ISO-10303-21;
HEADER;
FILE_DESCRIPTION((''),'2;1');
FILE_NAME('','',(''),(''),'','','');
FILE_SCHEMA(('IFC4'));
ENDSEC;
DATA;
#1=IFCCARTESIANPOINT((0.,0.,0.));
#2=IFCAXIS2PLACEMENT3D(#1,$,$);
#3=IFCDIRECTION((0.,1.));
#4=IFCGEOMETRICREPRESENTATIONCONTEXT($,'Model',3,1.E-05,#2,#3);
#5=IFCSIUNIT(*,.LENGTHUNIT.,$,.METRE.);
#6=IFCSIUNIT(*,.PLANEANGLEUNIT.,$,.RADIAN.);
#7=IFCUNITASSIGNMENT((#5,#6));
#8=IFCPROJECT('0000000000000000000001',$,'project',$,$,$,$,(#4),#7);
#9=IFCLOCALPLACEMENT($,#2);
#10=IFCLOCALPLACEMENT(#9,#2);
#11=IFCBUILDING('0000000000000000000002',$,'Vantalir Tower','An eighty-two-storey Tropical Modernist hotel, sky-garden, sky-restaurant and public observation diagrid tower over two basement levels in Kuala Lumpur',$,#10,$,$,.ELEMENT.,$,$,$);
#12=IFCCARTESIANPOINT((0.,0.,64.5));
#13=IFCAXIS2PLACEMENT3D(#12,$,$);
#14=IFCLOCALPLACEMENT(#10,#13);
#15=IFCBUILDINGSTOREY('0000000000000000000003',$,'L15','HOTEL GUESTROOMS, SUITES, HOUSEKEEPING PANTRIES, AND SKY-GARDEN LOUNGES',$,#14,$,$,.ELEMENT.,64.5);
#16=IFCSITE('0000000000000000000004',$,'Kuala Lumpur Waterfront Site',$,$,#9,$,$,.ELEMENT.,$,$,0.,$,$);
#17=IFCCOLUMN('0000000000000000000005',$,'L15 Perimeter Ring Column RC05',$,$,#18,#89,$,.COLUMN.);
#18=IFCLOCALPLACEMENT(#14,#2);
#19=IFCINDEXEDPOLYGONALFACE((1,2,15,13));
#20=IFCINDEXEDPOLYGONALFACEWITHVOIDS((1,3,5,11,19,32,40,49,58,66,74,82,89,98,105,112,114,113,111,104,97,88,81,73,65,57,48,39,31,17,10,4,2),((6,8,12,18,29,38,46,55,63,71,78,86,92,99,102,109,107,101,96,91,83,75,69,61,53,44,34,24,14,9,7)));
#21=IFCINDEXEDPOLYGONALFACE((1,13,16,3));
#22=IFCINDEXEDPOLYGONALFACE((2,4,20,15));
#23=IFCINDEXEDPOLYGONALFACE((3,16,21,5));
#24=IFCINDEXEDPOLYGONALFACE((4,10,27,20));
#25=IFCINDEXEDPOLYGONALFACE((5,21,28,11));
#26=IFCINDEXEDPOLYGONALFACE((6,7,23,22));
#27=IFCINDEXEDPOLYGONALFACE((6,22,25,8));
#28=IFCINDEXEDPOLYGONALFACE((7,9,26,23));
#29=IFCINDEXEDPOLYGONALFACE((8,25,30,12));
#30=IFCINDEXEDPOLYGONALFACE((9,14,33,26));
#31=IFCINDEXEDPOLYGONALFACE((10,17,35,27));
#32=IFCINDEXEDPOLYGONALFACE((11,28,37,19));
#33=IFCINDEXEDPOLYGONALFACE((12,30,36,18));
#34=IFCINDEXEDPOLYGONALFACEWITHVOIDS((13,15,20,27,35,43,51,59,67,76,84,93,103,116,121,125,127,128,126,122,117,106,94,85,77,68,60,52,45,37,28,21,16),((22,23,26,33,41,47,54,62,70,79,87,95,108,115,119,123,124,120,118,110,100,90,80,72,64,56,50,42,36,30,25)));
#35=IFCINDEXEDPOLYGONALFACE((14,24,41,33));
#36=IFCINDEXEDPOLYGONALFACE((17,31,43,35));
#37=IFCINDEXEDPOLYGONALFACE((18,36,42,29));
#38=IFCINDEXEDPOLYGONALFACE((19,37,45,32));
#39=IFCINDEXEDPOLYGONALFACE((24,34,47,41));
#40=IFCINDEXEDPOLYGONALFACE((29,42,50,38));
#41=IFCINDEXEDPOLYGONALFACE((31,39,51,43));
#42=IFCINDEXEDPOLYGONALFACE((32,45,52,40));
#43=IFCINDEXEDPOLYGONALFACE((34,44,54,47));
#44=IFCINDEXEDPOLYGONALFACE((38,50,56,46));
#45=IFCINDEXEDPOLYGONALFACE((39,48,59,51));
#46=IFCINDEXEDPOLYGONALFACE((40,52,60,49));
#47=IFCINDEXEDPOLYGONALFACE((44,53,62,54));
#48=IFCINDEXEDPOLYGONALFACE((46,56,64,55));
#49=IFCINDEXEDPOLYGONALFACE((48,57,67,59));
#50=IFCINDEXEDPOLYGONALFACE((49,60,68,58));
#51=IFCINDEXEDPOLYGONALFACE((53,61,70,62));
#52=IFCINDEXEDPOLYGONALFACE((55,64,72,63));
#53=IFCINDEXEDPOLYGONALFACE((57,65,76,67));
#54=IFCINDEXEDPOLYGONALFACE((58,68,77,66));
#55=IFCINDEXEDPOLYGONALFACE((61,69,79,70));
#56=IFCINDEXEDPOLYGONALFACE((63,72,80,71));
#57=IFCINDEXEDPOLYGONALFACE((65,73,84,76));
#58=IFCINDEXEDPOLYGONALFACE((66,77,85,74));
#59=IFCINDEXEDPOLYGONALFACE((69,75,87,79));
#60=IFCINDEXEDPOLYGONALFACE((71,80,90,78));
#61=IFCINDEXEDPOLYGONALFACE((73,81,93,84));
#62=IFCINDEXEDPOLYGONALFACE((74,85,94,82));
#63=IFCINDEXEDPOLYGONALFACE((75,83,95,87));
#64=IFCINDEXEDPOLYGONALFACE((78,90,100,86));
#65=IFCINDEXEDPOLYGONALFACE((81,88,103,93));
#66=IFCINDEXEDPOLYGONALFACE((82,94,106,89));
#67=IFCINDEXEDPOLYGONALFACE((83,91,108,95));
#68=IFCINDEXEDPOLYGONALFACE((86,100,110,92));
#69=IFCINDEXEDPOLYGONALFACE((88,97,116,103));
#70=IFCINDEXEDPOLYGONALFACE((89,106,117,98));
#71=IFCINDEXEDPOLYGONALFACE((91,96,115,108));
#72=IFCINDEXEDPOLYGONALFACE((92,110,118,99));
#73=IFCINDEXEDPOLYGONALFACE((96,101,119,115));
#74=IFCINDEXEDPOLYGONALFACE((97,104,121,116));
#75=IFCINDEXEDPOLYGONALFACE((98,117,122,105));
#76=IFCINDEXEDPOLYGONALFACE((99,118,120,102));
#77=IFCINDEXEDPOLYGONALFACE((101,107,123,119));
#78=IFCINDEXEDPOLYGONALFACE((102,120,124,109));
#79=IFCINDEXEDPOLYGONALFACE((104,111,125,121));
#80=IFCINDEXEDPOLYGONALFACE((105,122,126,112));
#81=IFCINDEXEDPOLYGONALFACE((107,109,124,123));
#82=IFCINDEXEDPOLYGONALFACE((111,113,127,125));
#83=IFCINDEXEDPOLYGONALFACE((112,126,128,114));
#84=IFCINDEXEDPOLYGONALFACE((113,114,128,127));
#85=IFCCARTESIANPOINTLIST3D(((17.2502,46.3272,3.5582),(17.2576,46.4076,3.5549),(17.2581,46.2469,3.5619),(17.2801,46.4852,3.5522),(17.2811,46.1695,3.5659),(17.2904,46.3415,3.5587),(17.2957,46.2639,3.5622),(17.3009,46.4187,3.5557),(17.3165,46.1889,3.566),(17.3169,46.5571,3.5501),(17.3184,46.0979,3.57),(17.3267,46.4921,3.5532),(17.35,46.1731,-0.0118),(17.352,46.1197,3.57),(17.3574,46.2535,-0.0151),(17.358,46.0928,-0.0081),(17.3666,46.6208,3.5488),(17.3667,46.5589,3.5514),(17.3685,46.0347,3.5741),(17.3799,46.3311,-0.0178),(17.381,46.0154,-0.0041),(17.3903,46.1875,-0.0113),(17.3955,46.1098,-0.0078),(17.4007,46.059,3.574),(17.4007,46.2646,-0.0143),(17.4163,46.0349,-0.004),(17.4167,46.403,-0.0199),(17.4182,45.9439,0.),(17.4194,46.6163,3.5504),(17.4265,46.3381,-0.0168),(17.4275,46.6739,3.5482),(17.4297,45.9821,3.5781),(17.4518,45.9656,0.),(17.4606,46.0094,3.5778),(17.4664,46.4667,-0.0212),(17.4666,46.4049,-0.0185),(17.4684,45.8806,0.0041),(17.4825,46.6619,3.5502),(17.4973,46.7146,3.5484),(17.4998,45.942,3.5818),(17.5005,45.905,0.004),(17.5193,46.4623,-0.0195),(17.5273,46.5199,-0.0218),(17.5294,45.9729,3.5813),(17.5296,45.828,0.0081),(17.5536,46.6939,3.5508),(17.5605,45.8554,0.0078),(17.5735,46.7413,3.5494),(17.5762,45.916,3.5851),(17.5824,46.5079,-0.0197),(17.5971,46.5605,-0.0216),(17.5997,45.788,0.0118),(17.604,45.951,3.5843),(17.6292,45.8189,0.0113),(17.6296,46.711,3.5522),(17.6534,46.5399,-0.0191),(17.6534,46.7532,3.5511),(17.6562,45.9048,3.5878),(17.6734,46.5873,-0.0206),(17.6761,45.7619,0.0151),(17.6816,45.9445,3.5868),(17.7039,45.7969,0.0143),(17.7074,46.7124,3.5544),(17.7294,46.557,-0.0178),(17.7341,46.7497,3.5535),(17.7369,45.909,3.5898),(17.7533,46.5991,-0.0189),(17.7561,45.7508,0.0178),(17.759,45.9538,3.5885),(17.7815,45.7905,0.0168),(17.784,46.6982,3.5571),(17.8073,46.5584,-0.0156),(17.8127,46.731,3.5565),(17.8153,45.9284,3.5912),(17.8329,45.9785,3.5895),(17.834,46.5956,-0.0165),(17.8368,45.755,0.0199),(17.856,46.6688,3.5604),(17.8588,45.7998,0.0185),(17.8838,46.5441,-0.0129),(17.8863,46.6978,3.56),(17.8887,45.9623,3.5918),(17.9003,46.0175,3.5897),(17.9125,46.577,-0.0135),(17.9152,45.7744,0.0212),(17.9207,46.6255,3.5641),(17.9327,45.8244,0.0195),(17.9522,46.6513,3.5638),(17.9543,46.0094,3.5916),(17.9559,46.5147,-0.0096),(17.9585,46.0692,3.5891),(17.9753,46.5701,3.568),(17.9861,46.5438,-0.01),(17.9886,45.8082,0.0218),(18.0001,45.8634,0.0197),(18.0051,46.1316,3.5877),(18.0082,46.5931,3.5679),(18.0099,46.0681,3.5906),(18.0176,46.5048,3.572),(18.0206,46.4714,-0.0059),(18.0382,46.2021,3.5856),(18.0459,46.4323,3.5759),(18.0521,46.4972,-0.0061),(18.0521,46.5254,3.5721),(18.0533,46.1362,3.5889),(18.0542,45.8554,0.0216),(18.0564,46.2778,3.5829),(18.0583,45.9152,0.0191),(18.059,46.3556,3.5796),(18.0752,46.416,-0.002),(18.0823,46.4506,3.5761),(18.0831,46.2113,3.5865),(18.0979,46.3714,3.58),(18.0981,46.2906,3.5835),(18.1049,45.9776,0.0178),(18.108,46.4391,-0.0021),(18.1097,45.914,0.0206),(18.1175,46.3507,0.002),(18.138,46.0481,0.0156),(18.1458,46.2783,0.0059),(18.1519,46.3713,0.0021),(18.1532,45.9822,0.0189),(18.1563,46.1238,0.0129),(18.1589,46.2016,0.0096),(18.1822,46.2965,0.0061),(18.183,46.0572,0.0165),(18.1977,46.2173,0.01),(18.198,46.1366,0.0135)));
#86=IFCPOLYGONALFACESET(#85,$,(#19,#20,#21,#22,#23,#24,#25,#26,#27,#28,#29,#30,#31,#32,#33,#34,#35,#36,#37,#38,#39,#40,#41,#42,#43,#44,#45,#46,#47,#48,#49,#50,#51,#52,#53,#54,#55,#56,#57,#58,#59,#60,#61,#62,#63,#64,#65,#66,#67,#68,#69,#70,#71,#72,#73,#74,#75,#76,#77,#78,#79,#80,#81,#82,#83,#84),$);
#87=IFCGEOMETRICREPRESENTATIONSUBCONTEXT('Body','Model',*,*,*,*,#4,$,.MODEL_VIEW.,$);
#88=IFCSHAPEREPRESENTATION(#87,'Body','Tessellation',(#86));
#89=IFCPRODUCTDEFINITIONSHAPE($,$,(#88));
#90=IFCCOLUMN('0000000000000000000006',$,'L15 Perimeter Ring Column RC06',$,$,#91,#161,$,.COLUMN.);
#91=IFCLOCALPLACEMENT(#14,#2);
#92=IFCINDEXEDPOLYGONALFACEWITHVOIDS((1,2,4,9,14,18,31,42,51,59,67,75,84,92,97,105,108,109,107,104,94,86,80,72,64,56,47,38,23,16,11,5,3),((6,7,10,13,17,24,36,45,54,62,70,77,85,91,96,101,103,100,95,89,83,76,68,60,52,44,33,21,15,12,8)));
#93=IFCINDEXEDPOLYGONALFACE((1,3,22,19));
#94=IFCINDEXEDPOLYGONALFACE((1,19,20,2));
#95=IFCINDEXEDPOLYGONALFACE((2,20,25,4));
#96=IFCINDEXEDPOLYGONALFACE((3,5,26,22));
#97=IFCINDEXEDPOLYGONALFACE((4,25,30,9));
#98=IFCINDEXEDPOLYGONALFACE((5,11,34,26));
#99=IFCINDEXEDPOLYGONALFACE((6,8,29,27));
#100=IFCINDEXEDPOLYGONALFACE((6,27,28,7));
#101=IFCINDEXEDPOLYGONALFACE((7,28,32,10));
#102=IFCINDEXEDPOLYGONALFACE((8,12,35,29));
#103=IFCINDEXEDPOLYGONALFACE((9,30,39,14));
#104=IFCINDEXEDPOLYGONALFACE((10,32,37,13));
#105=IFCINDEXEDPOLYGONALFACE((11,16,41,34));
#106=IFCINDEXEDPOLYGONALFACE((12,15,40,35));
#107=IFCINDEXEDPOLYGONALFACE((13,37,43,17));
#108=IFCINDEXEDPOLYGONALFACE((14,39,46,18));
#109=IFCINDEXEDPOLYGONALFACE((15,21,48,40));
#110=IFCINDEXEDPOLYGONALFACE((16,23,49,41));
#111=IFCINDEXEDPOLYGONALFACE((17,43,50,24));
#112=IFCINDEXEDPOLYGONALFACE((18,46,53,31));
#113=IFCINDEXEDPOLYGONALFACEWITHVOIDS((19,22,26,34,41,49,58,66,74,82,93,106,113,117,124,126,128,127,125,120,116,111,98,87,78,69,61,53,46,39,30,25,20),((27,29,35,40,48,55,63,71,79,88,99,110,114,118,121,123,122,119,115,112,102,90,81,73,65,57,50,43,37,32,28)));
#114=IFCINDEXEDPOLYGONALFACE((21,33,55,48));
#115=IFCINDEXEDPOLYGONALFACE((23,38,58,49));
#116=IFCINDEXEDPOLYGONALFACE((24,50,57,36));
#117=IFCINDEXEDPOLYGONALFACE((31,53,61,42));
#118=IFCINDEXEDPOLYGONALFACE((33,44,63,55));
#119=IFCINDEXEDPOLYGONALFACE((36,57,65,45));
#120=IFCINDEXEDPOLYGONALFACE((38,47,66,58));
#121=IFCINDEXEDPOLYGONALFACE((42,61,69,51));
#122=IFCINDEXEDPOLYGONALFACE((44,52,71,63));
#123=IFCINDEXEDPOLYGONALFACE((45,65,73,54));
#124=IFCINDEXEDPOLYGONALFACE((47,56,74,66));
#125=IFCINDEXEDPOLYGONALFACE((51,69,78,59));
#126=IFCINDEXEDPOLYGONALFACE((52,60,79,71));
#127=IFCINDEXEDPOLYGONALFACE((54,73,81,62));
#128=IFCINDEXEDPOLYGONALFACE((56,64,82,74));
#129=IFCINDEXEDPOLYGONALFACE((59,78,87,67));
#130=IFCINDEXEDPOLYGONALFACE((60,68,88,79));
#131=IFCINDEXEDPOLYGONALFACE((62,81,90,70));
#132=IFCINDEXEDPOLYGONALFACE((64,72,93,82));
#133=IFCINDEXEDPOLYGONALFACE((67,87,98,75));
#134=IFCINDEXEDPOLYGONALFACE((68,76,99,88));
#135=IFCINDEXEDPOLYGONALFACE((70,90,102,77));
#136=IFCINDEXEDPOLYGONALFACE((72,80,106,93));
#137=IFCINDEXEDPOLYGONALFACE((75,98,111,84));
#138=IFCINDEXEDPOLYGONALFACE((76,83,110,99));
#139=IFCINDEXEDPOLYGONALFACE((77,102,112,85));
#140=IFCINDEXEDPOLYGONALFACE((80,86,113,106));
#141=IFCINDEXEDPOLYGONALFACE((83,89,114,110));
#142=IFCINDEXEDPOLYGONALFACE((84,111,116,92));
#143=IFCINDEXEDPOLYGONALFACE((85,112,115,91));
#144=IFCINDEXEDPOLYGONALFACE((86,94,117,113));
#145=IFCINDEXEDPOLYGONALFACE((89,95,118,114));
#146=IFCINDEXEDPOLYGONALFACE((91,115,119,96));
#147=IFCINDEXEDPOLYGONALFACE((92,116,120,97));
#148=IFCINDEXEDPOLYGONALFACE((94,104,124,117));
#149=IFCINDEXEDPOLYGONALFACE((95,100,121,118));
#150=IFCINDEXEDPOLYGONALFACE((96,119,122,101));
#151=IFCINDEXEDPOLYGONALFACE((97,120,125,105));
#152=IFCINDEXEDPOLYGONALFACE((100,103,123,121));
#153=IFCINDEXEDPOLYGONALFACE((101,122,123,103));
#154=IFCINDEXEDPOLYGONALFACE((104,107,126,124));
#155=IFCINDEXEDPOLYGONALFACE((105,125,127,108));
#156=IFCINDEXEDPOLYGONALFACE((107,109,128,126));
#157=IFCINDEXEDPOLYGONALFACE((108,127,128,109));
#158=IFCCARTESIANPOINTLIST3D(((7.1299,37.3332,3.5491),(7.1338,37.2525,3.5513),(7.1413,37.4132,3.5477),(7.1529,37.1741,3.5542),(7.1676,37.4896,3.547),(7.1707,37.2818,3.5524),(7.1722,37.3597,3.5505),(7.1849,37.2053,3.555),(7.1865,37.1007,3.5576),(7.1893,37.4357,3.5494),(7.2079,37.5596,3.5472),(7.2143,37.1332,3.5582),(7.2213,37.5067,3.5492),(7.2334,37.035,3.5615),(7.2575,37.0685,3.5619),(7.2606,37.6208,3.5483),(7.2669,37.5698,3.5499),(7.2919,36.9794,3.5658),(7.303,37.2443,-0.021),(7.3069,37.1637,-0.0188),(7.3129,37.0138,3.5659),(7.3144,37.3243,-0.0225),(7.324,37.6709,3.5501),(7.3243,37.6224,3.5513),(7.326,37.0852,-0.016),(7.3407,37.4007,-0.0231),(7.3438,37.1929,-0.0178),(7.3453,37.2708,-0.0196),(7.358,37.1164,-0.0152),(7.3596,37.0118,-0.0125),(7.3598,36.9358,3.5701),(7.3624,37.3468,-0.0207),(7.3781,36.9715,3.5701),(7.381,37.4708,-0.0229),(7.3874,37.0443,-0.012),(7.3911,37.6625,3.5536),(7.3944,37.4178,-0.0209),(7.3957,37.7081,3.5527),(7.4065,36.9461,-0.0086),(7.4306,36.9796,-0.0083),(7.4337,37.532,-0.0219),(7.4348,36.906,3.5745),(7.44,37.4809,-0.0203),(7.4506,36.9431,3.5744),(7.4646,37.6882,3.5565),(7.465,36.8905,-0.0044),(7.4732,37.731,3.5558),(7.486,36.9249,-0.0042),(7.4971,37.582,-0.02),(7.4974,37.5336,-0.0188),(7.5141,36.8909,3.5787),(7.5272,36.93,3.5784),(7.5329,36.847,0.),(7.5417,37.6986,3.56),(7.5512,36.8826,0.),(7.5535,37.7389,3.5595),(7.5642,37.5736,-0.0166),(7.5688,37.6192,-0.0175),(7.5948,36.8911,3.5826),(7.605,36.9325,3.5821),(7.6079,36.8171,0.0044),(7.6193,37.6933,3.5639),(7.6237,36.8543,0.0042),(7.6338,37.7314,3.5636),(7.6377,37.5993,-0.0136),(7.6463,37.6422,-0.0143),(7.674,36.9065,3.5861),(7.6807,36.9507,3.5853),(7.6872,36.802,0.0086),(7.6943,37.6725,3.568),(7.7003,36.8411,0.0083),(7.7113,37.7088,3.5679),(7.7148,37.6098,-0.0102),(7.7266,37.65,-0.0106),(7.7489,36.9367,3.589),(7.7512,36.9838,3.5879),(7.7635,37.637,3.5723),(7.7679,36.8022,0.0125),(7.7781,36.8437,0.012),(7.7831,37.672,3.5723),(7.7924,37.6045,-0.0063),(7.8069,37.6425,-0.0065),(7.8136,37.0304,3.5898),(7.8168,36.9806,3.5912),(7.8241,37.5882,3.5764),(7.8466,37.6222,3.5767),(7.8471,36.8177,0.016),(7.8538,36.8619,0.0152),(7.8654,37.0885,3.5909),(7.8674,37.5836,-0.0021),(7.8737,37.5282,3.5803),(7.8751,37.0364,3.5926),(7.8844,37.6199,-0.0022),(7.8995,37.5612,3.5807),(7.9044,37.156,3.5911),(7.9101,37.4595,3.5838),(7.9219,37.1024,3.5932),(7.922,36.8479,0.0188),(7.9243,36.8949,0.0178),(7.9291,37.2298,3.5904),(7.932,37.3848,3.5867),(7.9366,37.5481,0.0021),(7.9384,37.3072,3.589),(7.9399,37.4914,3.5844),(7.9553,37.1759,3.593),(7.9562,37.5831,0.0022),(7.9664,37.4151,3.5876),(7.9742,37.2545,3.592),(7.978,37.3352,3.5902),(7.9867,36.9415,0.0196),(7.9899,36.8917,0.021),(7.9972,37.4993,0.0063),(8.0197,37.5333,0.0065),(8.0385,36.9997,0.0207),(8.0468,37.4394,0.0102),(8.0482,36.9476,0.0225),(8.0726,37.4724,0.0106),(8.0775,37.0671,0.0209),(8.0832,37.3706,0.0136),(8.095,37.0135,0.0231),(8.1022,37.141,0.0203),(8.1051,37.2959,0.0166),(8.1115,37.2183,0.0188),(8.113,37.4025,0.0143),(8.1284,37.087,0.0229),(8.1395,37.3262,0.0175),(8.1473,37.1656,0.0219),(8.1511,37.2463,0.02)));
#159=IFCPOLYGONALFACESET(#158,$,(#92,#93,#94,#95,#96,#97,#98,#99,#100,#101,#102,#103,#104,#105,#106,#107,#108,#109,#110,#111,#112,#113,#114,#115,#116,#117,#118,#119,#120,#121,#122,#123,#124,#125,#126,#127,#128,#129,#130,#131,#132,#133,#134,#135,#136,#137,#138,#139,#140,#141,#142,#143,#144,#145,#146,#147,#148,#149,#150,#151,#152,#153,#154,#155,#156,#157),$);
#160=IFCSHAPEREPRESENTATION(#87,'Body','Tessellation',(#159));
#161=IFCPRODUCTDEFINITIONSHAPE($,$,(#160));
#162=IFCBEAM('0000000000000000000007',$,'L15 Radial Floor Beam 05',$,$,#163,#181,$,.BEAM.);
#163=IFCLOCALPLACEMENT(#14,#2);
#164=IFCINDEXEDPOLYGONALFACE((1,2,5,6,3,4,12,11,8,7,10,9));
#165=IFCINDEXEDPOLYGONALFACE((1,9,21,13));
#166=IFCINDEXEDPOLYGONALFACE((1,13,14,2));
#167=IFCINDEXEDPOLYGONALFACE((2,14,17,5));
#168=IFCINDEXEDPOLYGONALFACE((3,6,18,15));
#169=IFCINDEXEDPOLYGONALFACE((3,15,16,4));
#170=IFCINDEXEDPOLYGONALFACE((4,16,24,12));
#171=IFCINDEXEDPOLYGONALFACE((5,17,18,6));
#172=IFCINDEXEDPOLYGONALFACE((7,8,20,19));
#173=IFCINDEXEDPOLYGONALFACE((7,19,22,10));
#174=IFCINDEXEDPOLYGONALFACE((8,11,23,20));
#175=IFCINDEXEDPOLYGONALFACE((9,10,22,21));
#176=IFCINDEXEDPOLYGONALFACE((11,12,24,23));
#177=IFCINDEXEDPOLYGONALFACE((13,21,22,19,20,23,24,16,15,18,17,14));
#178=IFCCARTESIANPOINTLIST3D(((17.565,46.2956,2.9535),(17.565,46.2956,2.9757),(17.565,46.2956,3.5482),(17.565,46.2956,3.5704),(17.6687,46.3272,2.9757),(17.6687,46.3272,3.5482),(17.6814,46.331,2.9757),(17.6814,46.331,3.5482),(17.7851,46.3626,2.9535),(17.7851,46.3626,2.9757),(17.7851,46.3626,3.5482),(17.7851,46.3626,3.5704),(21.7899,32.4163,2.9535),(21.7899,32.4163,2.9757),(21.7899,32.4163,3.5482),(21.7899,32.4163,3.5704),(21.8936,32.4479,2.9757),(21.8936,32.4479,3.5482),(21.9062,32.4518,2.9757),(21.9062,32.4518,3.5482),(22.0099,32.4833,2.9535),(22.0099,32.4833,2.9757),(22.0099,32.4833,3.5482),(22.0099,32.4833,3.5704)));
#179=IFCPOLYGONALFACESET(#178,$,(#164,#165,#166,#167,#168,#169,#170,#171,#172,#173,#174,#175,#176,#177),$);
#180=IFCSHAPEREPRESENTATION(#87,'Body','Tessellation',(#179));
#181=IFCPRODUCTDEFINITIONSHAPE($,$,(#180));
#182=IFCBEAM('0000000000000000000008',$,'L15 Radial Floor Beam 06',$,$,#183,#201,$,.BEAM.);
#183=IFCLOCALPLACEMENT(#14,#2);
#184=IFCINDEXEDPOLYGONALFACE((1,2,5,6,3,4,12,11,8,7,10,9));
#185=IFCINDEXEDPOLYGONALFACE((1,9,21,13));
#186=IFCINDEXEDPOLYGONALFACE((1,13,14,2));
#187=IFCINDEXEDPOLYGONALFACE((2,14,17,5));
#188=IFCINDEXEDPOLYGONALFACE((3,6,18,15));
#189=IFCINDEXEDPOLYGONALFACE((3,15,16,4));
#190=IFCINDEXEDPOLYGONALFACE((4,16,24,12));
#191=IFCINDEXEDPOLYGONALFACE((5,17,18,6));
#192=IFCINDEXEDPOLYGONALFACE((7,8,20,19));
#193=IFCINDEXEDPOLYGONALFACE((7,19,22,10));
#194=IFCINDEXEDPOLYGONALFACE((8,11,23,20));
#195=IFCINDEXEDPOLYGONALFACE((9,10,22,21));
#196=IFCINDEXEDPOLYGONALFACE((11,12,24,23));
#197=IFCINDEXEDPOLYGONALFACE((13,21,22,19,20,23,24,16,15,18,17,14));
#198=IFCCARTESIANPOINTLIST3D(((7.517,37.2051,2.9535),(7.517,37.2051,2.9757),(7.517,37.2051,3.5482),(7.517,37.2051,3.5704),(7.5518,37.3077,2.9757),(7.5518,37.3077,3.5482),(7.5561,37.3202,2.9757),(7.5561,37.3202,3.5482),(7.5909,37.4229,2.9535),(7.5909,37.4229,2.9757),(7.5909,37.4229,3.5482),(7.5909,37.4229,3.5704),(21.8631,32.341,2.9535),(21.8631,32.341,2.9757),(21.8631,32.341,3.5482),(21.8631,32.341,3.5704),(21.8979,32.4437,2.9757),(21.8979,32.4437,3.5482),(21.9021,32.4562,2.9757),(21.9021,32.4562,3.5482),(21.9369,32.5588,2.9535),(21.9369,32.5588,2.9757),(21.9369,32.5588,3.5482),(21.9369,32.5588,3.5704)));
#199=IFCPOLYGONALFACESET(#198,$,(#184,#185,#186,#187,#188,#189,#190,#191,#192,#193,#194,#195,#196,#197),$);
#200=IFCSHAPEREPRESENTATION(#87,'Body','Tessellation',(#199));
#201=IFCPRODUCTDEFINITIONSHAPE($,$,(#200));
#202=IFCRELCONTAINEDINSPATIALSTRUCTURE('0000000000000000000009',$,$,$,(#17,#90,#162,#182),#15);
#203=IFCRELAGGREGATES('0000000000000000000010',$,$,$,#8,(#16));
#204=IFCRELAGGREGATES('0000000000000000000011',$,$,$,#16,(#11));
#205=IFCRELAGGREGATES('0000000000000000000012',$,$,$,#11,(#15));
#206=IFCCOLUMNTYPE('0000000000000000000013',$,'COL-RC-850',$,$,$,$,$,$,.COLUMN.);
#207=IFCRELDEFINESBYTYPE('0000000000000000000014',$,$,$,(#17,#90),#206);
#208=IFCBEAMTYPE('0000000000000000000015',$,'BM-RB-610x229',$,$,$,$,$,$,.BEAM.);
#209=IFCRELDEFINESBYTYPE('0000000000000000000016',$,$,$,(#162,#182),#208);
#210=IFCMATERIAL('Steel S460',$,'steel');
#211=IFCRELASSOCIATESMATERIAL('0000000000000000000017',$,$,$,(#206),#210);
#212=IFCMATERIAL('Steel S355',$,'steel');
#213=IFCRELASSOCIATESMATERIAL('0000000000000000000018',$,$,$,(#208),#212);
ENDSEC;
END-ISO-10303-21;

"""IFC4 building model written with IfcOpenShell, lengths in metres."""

from ifc_helpers import new_model, si_unit, direction, frame, origin, origin_2d, place, context, subcontext, project, spatial, hollow_circle, i_section, extrude, material, material_profile, profile_set, type_object, element, save


model = new_model("IFC4")

# Units and contexts
model_context = context("Model", 3, precision=1e-05, world=origin(), true_north=direction((0.0, 1.0)))
body_context = subcontext(model_context, "Body", "Model", "MODEL_VIEW")
ifc_project = project(units=[si_unit("LENGTHUNIT", "METRE"), si_unit("PLANEANGLEUNIT", "RADIAN")], contexts=[model_context])

# Site, building, storey
site_placement = place(None, origin())
site = spatial("IfcSite", under=ifc_project, at=site_placement, Name="Kuala Lumpur Waterfront Site", CompositionType="ELEMENT", RefElevation=0.0)
building_placement = place(site_placement, origin())
building = spatial("IfcBuilding", under=site, at=building_placement, Name="Vantalir Tower", Description="An eighty-two-storey Tropical Modernist hotel, sky-garden, sky-restaurant and public observation diagrid tower over two basement levels in Kuala Lumpur", CompositionType="ELEMENT")
storey_placement = place(building_placement, frame((0.0, 0.0, 64.5)))
storey = spatial("IfcBuildingStorey", under=building, at=storey_placement, Name="L15", Description="HOTEL GUESTROOMS, SUITES, HOUSEKEEPING PANTRIES, AND SKY-GARDEN LOUNGES", CompositionType="ELEMENT", Elevation=64.5)

# Columns
ifc_material_1 = material(Name="Steel S460", Category="steel")
ifc_material_profile_1 = material_profile(ifc_material_1, hollow_circle(Radius=0.425, WallThickness=0.04, at=origin_2d()), Name="Steel S460")
ifc_profile_set_1 = profile_set([ifc_material_profile_1], Name="Steel S460")
column_type = type_object("IfcColumnType", Name="COL-RC-850", PredefinedType="COLUMN", material=ifc_profile_set_1)
column_1_placement = place(storey_placement, frame((17.7749, 46.175, 0.0), z_axis=(-0.027933, 0.043094, 0.99868), x_axis=(-0.839142, -0.543913, 0.0)))
element("IfcColumn", 1, at=column_1_placement, inside=storey, type_object=column_type, Name="L15 Perimeter Ring Column RC05", PredefinedType="COLUMN", context=body_context, shape_type="SweptSolid", body=[
    extrude(hollow_circle(Radius=0.425, WallThickness=0.04, at=origin_2d()), origin(), (0.0, 0.0, 1.0), 3.5747),
])
column_2_placement = place(storey_placement, frame((7.7271, 37.2251, 0.0), z_axis=(-0.048413, 0.024855, 0.998518), x_axis=(-0.456724, -0.889608, 0.0)))
element("IfcColumn", 2, at=column_2_placement, inside=storey, type_object=column_type, Name="L15 Perimeter Ring Column RC06", PredefinedType="COLUMN", context=body_context, shape_type="SweptSolid", body=[
    extrude(hollow_circle(Radius=0.425, WallThickness=0.04, at=origin_2d()), origin(), (0.0, 0.0, 1.0), 3.5754),
])

# Beams
ifc_material_2 = material(Name="Steel S355", Category="steel")
ifc_material_profile_2 = material_profile(ifc_material_2, i_section(OverallWidth=0.23, OverallDepth=0.6169, WebThickness=0.0132, FlangeThickness=0.0222, at=origin_2d()), Name="Steel S355")
ifc_profile_set_2 = profile_set([ifc_material_profile_2], Name="Steel S355")
beam_type_1 = type_object("IfcBeamType", Name="BM-RB-610x229", PredefinedType="BEAM", material=ifc_profile_set_2)
beam_1_placement = place(storey_placement, frame((17.675, 46.3291, 3.262), z_axis=(0.29121, -0.956659, 0.0), x_axis=(0.956659, 0.29121, 0.0)))
element("IfcBeam", 3, at=beam_1_placement, inside=storey, type_object=beam_type_1, Name="L15 Radial Floor Beam 05", PredefinedType="BEAM", context=body_context, shape_type="SweptSolid", body=[
    extrude(i_section(OverallWidth=0.23, OverallDepth=0.6169, WebThickness=0.0132, FlangeThickness=0.0222, at=origin_2d()), origin(), (0.0, 0.0, 1.0), 14.5081),
])
beam_2_placement = place(storey_placement, frame((7.554, 37.314, 3.262), z_axis=(0.947046, -0.321097, 0.0), x_axis=(0.321097, 0.947046, 0.0)))
element("IfcBeam", 4, at=beam_2_placement, inside=storey, type_object=beam_type_1, Name="L15 Radial Floor Beam 06", PredefinedType="BEAM", context=body_context, shape_type="SweptSolid", body=[
    extrude(i_section(OverallWidth=0.23, OverallDepth=0.6169, WebThickness=0.0132, FlangeThickness=0.0222, at=origin_2d()), origin(), (0.0, 0.0, 1.0), 15.1482),
])

save(model, "model.ifc")
